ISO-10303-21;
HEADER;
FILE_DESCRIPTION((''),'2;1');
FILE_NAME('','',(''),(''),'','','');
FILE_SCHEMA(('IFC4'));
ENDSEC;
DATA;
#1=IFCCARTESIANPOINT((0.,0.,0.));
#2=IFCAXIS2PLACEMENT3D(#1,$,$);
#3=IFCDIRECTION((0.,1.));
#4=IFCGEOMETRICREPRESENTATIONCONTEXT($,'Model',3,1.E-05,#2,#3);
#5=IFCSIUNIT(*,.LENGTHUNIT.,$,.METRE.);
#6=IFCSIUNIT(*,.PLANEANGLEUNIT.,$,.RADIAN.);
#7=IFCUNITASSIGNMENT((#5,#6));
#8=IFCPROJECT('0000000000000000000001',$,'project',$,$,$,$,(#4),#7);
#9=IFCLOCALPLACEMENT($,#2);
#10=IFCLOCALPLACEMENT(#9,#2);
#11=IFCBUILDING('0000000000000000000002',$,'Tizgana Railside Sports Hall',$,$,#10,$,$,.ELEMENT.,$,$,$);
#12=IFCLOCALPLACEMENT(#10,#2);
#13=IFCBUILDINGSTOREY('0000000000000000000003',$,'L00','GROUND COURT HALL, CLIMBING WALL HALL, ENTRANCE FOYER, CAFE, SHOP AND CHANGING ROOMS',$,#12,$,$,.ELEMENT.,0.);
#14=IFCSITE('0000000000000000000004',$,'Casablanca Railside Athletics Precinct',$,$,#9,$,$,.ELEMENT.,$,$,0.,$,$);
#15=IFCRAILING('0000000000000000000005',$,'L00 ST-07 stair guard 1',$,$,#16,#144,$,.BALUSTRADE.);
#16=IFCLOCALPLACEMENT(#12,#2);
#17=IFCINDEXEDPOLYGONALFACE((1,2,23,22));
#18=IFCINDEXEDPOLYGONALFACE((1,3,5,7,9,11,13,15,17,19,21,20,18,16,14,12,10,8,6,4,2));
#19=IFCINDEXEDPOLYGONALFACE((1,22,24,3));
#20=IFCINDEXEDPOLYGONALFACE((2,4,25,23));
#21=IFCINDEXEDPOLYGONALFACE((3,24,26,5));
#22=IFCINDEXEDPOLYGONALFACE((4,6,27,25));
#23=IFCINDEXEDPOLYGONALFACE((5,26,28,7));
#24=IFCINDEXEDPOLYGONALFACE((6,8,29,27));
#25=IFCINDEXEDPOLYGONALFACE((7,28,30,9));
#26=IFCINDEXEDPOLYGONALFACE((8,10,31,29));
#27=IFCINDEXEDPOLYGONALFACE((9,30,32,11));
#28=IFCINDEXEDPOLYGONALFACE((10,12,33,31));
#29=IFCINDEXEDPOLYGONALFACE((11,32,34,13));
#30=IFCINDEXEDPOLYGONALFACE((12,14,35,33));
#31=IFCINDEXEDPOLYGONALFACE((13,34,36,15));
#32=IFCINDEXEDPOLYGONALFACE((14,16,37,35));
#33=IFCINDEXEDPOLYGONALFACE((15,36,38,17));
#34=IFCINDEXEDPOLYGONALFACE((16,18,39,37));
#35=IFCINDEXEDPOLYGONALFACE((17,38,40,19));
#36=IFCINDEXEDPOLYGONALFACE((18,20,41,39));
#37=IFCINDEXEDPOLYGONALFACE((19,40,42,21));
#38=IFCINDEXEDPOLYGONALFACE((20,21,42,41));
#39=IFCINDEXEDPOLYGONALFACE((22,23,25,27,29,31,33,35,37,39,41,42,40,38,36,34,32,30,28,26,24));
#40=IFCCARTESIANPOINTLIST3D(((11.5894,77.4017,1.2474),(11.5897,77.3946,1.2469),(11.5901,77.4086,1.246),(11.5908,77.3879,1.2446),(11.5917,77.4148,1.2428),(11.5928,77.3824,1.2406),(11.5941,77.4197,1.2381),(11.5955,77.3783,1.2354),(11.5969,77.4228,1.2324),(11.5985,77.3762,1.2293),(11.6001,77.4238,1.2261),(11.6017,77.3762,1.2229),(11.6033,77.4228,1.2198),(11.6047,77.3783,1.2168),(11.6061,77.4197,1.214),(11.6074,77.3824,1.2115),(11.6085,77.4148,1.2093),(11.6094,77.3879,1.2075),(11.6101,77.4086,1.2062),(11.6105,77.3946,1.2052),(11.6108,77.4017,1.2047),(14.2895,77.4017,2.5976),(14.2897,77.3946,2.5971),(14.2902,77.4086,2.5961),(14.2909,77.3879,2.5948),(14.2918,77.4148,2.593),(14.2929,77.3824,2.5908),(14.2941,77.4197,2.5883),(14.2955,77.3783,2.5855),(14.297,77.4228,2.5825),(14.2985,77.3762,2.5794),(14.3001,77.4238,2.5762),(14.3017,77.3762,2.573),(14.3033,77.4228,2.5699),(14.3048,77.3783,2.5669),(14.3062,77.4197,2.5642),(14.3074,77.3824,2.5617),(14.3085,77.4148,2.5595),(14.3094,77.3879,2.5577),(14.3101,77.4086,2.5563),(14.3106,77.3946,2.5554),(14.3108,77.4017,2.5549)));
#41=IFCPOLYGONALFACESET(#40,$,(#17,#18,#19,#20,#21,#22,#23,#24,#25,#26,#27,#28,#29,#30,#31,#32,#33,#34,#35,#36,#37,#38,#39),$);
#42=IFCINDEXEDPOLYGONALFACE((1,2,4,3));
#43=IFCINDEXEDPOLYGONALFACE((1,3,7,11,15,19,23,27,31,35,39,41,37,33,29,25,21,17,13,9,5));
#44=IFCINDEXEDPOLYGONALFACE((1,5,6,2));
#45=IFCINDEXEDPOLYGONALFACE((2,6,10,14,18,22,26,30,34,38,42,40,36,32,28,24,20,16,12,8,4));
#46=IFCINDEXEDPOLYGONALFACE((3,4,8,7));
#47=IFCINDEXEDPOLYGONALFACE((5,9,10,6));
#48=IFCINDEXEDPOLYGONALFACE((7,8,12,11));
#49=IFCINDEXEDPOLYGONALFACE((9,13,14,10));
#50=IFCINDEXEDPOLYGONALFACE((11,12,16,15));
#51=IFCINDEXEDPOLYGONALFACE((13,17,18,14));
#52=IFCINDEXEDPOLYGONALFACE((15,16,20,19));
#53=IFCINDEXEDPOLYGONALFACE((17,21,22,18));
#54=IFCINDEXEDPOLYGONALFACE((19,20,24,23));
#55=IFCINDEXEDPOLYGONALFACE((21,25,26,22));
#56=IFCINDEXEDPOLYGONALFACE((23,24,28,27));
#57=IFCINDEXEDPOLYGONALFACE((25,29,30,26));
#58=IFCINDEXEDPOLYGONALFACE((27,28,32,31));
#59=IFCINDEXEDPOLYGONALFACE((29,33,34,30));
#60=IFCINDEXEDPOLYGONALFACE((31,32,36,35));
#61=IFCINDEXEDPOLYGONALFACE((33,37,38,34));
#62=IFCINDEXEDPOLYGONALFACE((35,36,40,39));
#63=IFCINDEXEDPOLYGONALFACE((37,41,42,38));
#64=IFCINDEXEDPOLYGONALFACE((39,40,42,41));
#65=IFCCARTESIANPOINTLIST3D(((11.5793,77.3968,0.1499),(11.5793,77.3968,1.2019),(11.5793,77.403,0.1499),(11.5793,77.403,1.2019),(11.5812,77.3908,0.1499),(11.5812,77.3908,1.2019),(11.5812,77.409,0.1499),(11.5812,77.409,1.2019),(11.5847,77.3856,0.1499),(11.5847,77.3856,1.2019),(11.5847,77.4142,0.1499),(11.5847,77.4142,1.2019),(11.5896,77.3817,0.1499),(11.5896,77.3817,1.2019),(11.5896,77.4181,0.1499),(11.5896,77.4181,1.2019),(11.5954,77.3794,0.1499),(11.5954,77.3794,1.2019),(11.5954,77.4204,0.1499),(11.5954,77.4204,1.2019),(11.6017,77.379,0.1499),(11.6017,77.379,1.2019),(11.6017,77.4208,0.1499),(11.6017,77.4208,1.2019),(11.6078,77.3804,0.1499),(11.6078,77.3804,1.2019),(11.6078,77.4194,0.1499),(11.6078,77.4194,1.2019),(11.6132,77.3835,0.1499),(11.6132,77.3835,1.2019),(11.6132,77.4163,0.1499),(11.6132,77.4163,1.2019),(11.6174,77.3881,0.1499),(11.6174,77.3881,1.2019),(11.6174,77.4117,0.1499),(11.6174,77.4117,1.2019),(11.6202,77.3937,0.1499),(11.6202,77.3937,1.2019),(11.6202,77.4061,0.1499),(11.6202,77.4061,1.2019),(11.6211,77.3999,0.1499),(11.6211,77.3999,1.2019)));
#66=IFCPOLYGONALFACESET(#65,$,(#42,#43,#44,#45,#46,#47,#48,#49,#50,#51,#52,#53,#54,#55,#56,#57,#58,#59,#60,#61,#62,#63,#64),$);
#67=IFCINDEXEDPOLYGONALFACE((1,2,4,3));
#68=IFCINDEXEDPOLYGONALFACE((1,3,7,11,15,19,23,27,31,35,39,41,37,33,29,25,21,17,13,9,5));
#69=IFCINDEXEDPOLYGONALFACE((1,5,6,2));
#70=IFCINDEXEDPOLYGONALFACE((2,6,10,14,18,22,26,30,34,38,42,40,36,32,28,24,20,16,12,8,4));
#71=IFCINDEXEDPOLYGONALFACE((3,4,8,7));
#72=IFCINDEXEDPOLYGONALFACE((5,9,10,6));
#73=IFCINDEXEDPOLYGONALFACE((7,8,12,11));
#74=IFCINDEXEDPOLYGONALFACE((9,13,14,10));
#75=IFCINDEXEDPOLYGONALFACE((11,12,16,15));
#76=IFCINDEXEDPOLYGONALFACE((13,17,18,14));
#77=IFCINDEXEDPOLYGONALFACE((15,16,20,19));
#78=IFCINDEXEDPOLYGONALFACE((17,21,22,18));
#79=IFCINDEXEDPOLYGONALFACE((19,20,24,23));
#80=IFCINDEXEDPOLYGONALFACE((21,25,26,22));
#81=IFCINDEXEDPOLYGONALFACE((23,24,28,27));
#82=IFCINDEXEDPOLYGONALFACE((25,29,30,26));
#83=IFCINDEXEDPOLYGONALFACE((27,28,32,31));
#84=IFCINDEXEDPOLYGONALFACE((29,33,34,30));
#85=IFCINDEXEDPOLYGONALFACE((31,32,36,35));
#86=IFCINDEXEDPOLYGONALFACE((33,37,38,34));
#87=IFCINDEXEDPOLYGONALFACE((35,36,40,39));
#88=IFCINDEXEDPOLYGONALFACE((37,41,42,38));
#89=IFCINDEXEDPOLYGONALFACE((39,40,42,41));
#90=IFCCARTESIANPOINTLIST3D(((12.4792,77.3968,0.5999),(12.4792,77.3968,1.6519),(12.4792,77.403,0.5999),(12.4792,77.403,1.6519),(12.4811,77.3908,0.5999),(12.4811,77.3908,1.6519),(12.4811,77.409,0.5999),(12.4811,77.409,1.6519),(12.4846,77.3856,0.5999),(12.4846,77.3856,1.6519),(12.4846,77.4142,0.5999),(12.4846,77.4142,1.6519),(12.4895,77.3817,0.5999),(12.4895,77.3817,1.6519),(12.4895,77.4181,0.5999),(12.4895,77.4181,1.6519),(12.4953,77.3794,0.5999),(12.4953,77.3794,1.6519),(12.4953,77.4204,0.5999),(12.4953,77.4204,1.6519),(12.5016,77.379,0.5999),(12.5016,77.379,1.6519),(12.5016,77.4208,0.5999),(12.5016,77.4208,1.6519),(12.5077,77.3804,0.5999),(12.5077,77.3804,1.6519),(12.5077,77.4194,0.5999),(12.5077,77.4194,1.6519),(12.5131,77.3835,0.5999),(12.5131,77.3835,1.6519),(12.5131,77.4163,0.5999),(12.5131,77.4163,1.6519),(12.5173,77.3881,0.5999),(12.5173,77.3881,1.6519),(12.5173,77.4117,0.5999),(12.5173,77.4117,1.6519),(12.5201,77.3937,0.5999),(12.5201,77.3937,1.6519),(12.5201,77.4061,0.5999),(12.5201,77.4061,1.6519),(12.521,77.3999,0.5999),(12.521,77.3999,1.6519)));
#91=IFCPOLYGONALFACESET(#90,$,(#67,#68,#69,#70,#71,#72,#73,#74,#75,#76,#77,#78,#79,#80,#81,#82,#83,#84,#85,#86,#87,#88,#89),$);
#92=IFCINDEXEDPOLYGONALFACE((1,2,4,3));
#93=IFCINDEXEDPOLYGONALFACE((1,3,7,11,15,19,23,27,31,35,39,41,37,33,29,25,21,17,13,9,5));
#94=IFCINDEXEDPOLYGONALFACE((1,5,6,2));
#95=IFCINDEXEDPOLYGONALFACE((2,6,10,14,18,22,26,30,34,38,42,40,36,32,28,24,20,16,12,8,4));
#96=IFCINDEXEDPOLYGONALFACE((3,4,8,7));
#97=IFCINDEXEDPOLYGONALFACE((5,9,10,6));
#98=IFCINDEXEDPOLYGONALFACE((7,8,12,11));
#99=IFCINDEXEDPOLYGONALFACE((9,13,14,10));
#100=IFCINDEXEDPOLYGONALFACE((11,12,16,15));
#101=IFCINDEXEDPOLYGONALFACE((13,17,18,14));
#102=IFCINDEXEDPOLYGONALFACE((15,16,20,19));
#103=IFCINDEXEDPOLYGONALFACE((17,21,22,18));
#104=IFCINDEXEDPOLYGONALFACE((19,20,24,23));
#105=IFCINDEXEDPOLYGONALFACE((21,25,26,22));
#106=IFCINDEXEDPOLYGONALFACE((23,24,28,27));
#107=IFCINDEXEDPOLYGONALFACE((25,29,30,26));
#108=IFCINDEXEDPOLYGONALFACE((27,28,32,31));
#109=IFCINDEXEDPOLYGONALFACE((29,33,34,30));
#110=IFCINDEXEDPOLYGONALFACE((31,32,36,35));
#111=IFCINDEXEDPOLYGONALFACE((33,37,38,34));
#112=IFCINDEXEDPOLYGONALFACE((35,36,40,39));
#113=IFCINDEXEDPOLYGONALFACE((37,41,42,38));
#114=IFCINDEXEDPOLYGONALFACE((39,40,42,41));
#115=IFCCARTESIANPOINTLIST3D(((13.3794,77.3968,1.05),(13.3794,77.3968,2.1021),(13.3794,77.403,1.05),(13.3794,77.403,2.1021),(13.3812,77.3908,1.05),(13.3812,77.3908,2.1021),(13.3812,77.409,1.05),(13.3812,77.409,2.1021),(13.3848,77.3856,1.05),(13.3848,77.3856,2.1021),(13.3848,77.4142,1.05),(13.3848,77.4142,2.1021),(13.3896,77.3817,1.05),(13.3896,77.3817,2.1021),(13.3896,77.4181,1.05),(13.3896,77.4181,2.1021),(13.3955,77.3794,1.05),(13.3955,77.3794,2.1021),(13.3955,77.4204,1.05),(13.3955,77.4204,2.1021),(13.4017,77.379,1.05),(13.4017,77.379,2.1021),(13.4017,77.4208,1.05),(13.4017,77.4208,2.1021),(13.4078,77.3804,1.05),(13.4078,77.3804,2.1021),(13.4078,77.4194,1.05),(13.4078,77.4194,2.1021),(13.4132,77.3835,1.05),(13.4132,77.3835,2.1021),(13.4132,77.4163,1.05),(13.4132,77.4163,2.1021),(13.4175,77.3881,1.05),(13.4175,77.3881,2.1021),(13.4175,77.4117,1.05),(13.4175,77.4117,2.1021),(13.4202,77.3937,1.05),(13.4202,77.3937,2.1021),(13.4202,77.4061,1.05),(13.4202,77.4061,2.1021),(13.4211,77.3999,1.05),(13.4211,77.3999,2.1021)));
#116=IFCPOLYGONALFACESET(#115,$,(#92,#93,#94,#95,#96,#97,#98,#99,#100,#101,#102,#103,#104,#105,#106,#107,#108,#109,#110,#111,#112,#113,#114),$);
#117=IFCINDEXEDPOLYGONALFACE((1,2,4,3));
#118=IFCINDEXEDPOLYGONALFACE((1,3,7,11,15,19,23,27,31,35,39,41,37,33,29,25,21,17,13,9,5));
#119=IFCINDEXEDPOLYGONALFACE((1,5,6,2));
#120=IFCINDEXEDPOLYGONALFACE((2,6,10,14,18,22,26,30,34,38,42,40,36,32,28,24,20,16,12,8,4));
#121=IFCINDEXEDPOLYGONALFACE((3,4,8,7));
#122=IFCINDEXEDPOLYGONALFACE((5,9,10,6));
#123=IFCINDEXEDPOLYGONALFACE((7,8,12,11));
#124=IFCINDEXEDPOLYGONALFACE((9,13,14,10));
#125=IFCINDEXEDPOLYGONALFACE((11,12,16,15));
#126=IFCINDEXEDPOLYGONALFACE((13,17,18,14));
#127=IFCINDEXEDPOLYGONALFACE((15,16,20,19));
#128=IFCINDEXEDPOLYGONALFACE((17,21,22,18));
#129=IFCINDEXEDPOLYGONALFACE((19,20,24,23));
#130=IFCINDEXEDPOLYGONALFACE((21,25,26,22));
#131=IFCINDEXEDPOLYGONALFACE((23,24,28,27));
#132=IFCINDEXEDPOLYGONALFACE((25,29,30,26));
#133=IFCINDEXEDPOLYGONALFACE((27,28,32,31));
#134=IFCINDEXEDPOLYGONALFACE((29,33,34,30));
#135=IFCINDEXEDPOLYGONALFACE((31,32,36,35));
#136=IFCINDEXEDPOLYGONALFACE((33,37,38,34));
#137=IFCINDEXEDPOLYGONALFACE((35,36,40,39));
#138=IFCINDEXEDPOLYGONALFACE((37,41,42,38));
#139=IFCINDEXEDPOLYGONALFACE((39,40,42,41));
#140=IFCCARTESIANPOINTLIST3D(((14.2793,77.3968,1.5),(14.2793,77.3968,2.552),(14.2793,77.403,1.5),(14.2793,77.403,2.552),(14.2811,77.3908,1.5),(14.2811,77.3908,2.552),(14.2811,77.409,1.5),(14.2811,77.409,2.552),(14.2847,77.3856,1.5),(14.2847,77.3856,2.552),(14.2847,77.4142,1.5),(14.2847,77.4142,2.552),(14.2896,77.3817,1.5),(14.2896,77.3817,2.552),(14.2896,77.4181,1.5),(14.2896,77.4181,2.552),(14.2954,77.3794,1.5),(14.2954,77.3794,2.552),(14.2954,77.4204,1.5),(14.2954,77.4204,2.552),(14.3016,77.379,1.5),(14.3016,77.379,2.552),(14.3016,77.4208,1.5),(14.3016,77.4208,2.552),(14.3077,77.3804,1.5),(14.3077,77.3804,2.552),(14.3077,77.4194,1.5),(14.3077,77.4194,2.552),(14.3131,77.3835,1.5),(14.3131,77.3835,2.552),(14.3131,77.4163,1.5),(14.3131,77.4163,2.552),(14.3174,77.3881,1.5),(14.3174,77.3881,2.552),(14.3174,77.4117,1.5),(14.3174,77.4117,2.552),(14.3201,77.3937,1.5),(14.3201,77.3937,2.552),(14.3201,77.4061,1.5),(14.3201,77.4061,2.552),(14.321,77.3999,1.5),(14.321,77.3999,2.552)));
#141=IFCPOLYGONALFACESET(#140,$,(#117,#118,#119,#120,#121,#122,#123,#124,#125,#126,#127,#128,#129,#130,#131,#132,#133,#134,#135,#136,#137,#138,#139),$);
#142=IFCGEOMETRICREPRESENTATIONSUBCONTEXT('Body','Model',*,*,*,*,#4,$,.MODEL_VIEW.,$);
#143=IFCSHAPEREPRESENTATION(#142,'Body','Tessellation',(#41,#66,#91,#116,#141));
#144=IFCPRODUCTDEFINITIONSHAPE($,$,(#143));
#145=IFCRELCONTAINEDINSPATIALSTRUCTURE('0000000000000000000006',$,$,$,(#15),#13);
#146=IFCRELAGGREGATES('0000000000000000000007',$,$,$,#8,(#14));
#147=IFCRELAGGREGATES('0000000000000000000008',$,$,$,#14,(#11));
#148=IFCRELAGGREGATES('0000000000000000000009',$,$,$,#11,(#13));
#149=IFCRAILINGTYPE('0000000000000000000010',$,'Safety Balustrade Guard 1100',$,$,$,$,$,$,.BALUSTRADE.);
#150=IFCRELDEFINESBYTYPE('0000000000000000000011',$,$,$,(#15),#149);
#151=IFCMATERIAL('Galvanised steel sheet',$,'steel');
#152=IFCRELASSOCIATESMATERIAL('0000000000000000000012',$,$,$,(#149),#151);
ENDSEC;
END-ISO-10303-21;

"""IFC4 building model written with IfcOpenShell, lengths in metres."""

from ifc_helpers import new_model, si_unit, direction, frame, origin, origin_2d, place, context, subcontext, project, spatial, circle, extrude, material, type_object, element, save


model = new_model("IFC4")

# Units and contexts
model_context = context("Model", 3, precision=1e-05, world=origin(), true_north=direction((0.0, 1.0)))
body_context = subcontext(model_context, "Body", "Model", "MODEL_VIEW")
ifc_project = project(units=[si_unit("LENGTHUNIT", "METRE"), si_unit("PLANEANGLEUNIT", "RADIAN")], contexts=[model_context])

# Site, building, storey
site_placement = place(None, origin())
site = spatial("IfcSite", under=ifc_project, at=site_placement, Name="Casablanca Railside Athletics Precinct", CompositionType="ELEMENT", RefElevation=0.0)
building_placement = place(site_placement, origin())
building = spatial("IfcBuilding", under=site, at=building_placement, Name="Tizgana Railside Sports Hall", CompositionType="ELEMENT")
storey_placement = place(building_placement, origin())
storey = spatial("IfcBuildingStorey", under=building, at=storey_placement, Name="L00", Description="GROUND COURT HALL, CLIMBING WALL HALL, ENTRANCE FOYER, CAFE, SHOP AND CHANGING ROOMS", CompositionType="ELEMENT", Elevation=0.0)

# Railing
ifc_material_1 = material(Name="Galvanised steel sheet", Category="steel")
railing_type_1 = type_object("IfcRailingType", Name="Safety Balustrade Guard 1100", PredefinedType="BALUSTRADE", material=ifc_material_1)
railing_1_placement = place(storey_placement, frame((11.6001, 77.3999, 0.1499)))
element("IfcRailing", 1, at=railing_1_placement, inside=storey, type_object=railing_type_1, Name="L00 ST-07 stair guard 1", PredefinedType="BALUSTRADE", context=body_context, shape_type="SweptSolid", body=[
    extrude(circle(Radius=0.0239, at=origin_2d()), frame((0.0, 0.0, 1.0762), z_axis=(0.894411, 0.0, 0.447246), x_axis=(0.0, 1.0, 0.0)), (0.0, 0.0, 1.0), 3.0188),
    extrude(circle(Radius=0.021, at=origin_2d()), origin(), (0.0, 0.0, 1.0), 1.052),
    extrude(circle(Radius=0.021, at=origin_2d()), frame((0.8999, 0.0, 0.45)), (0.0, 0.0, 1.0), 1.052),
    extrude(circle(Radius=0.021, at=origin_2d()), frame((1.8, 0.0, 0.9001)), (0.0, 0.0, 1.0), 1.052),
    extrude(circle(Radius=0.021, at=origin_2d()), frame((2.7, 0.0, 1.3501)), (0.0, 0.0, 1.0), 1.052),
])

save(model, "model.ifc")
